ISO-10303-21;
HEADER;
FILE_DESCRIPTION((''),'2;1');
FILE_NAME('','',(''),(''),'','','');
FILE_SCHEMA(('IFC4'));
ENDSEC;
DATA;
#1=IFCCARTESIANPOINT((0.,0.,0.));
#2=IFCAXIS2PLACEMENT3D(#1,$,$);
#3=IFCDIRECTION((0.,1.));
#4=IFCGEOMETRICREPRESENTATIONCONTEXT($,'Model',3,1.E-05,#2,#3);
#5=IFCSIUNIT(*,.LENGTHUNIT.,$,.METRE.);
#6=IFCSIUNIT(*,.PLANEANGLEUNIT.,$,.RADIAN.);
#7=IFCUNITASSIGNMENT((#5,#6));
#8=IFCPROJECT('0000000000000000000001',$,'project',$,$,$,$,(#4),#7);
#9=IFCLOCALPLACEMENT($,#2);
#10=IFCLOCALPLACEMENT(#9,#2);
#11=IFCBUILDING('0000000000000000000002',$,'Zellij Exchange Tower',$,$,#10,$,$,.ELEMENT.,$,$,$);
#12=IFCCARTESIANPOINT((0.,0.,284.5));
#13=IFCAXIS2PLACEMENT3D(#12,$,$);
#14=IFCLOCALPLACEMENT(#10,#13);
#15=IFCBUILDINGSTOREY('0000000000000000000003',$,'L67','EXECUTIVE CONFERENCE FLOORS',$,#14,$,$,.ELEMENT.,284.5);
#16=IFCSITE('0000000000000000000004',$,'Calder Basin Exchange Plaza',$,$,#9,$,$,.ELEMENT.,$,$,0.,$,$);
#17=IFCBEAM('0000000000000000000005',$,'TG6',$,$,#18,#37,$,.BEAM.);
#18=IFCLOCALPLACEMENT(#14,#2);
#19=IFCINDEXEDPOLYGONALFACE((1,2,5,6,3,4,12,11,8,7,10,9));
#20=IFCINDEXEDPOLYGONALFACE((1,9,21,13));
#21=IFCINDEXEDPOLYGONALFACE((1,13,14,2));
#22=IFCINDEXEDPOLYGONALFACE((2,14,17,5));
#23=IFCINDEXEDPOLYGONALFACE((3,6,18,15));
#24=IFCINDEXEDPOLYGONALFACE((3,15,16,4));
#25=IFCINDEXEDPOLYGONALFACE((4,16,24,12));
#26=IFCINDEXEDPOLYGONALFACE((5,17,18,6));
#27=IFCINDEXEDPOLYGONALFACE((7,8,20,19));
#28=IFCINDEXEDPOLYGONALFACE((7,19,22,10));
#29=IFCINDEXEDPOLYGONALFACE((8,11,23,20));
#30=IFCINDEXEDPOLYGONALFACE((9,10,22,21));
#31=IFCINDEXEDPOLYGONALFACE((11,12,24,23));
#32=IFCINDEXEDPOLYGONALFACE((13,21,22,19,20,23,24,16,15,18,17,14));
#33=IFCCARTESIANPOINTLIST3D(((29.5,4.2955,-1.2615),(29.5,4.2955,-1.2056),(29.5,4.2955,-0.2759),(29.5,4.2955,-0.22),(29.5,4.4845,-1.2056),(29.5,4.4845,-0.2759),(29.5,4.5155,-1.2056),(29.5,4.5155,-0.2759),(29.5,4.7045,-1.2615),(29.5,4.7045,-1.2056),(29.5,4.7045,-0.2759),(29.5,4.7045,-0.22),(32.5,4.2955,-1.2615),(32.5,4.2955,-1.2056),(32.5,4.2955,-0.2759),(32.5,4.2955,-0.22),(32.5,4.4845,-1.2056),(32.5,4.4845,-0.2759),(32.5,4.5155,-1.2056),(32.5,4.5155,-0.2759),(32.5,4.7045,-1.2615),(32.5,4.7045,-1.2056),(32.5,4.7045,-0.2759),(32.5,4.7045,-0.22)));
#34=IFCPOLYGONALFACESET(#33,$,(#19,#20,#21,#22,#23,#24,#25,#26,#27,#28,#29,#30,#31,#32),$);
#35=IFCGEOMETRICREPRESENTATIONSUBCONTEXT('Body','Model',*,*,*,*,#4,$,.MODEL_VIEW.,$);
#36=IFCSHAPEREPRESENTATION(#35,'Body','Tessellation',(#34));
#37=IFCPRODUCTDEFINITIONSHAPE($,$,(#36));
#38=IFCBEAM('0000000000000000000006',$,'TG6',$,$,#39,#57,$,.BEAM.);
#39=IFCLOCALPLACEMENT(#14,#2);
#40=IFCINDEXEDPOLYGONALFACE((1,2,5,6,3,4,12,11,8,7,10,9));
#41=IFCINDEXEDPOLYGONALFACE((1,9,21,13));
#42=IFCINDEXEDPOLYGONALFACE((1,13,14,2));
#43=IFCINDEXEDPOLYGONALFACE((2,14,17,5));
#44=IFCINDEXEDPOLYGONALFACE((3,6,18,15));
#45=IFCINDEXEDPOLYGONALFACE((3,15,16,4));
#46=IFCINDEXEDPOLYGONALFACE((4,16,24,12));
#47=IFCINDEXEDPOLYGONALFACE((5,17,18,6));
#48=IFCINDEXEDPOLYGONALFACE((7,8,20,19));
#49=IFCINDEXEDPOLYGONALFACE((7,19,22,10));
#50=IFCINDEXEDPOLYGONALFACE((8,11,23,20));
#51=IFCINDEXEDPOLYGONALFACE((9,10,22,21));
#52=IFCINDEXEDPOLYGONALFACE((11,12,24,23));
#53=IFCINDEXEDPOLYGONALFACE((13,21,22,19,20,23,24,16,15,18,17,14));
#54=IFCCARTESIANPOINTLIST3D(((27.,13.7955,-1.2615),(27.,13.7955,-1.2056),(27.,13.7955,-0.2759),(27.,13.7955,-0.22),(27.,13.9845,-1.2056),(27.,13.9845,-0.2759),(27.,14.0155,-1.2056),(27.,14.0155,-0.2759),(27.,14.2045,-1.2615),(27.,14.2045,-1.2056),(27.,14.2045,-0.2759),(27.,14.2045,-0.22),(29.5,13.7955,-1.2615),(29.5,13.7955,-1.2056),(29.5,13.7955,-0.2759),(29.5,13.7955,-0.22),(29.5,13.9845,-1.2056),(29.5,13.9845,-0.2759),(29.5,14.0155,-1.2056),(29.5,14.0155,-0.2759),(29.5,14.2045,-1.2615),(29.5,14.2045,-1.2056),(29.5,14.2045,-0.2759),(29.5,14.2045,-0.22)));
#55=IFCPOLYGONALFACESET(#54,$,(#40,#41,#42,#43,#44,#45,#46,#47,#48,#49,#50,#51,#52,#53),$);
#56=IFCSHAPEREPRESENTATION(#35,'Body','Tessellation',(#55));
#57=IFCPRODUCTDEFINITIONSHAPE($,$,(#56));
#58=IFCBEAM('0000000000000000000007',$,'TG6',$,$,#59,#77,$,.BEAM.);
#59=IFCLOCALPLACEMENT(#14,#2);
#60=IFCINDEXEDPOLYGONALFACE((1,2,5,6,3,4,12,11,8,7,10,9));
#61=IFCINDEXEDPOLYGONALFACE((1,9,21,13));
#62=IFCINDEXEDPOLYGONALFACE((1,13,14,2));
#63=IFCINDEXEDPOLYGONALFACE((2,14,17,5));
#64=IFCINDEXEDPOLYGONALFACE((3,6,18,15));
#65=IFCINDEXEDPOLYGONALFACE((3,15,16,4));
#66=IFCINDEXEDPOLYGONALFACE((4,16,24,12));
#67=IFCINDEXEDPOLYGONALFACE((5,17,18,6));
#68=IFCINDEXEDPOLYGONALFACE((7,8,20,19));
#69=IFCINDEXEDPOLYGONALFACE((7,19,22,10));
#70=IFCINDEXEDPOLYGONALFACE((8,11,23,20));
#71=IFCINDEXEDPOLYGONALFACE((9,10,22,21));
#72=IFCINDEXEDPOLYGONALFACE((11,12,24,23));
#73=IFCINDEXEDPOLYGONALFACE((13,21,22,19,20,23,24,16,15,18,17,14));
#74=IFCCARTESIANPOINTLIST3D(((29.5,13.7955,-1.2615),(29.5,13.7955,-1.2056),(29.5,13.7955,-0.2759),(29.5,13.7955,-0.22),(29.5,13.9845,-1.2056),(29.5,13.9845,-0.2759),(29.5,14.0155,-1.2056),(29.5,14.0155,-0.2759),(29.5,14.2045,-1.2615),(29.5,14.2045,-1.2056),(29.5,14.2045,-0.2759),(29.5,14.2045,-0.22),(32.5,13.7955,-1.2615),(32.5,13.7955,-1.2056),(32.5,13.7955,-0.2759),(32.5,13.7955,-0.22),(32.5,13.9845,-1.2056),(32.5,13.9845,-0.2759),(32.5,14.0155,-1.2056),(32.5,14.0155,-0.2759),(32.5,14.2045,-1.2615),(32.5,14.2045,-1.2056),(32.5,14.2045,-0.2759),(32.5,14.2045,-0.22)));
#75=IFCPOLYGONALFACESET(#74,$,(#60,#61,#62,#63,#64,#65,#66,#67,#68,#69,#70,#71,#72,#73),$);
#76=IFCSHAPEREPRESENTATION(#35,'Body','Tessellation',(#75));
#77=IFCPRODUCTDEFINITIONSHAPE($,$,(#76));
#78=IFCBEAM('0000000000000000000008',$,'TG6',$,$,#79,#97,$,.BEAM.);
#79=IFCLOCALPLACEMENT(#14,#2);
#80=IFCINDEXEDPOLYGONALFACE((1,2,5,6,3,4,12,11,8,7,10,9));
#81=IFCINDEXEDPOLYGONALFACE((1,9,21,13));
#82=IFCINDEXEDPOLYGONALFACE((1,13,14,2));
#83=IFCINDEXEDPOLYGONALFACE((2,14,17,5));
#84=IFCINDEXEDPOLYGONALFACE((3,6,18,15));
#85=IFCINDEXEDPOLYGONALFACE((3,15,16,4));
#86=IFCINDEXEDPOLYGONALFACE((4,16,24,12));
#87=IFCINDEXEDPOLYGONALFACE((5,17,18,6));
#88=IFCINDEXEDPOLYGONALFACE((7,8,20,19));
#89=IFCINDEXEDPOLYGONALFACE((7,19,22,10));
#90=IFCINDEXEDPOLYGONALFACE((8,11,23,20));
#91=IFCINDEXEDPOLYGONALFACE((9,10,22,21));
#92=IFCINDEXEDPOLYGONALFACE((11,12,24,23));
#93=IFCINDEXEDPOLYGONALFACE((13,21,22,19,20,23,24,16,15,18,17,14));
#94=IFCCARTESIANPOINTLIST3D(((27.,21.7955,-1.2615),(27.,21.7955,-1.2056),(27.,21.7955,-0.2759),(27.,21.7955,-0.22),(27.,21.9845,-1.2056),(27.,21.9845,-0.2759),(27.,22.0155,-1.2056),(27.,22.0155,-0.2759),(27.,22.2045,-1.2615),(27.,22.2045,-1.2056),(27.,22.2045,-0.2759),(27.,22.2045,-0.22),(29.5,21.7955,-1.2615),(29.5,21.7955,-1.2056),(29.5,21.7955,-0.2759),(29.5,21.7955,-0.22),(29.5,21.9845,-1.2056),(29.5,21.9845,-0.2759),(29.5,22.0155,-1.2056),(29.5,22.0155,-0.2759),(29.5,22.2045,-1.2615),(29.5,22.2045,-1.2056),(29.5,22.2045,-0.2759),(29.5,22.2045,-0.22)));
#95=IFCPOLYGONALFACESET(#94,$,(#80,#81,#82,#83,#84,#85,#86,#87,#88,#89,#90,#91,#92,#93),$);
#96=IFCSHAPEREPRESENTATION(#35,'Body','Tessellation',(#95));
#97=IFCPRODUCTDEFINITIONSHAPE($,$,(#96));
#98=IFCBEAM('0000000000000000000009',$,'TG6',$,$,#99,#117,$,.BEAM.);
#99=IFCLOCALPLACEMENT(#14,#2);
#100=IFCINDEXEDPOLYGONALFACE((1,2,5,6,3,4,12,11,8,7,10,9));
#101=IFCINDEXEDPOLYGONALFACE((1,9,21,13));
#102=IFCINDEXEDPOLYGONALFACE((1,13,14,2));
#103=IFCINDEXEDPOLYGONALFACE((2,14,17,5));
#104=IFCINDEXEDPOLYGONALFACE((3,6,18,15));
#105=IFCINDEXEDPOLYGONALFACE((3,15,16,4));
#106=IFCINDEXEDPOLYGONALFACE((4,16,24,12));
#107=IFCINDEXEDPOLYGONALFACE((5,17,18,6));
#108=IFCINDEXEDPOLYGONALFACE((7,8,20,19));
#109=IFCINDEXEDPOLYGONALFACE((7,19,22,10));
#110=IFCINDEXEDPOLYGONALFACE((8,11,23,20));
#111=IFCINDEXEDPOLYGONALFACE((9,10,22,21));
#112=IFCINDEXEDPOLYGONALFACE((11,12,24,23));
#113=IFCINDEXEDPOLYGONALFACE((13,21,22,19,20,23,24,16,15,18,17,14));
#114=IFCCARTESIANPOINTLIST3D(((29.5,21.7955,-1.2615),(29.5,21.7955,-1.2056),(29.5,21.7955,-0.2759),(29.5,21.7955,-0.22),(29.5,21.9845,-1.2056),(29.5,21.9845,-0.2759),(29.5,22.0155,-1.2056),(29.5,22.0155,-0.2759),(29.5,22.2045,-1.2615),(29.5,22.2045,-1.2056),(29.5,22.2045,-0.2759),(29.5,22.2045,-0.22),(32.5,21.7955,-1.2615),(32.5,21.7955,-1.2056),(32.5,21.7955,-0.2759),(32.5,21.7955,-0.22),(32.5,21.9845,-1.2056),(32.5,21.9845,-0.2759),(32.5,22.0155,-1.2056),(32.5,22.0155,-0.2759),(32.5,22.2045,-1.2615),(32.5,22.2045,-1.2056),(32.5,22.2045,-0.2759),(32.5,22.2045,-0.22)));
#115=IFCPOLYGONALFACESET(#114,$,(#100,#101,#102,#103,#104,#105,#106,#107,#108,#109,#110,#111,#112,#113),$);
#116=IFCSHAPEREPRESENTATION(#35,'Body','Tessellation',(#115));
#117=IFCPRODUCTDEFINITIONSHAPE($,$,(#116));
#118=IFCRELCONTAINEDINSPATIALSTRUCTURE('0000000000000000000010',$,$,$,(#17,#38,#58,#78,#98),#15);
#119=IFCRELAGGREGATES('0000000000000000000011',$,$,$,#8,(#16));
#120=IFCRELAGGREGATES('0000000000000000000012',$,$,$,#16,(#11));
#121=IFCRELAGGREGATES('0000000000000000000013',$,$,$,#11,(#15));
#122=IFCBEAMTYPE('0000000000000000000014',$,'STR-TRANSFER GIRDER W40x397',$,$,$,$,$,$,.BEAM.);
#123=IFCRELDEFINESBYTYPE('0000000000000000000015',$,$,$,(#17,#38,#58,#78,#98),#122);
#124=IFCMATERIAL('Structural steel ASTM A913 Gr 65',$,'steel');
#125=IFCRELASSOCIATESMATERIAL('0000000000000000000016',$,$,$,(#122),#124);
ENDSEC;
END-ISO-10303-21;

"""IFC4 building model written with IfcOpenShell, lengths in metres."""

from ifc_helpers import new_model, si_unit, direction, frame, origin, origin_2d, place, context, subcontext, project, spatial, i_section, extrude, material, material_profile, profile_set, type_object, element, save


model = new_model("IFC4")

# Units and contexts
model_context = context("Model", 3, precision=1e-05, world=origin(), true_north=direction((0.0, 1.0)))
body_context = subcontext(model_context, "Body", "Model", "MODEL_VIEW")
ifc_project = project(units=[si_unit("LENGTHUNIT", "METRE"), si_unit("PLANEANGLEUNIT", "RADIAN")], contexts=[model_context])

# Site, building, storey
site_placement = place(None, origin())
site = spatial("IfcSite", under=ifc_project, at=site_placement, Name="Calder Basin Exchange Plaza", CompositionType="ELEMENT", RefElevation=0.0)
building_placement = place(site_placement, origin())
building = spatial("IfcBuilding", under=site, at=building_placement, Name="Zellij Exchange Tower", CompositionType="ELEMENT")
storey_placement = place(building_placement, frame((0.0, 0.0, 284.5)))
storey = spatial("IfcBuildingStorey", under=building, at=storey_placement, Name="L67", Description="EXECUTIVE CONFERENCE FLOORS", CompositionType="ELEMENT", Elevation=284.5)

# Beams
ifc_material_1 = material(Name="Structural steel ASTM A913 Gr 65", Category="steel")
ifc_material_profile_1 = material_profile(ifc_material_1, i_section(OverallWidth=0.4089, OverallDepth=1.0415, WebThickness=0.031, FlangeThickness=0.0559, at=origin_2d()), Name="W40x397")
ifc_profile_set_1 = profile_set([ifc_material_profile_1], Name="Structural steel ASTM A913 Gr 65")
beam_type_1 = type_object("IfcBeamType", Name="STR-TRANSFER GIRDER W40x397", PredefinedType="BEAM", material=ifc_profile_set_1)
beam_1_placement = place(storey_placement, frame((29.5, 4.5, -0.7407), z_axis=(1.0, 0.0, 0.0), x_axis=(0.0, 1.0, 0.0)))
element("IfcBeam", 1, at=beam_1_placement, inside=storey, type_object=beam_type_1, Name="TG6", PredefinedType="BEAM", context=body_context, shape_type="SweptSolid", body=[
    extrude(i_section(OverallWidth=0.4089, OverallDepth=1.0415, WebThickness=0.031, FlangeThickness=0.0559, at=origin_2d()), origin(), (0.0, 0.0, 1.0), 3.0),
])
beam_2_placement = place(storey_placement, frame((27.0, 14.0, -0.7407), z_axis=(1.0, 0.0, 0.0), x_axis=(0.0, 1.0, 0.0)))
element("IfcBeam", 2, at=beam_2_placement, inside=storey, type_object=beam_type_1, Name="TG6", PredefinedType="BEAM", context=body_context, shape_type="SweptSolid", body=[
    extrude(i_section(OverallWidth=0.4089, OverallDepth=1.0415, WebThickness=0.031, FlangeThickness=0.0559, at=origin_2d()), origin(), (0.0, 0.0, 1.0), 2.5),
])
beam_3_placement = place(storey_placement, frame((29.5, 14.0, -0.7407), z_axis=(1.0, 0.0, 0.0), x_axis=(0.0, 1.0, 0.0)))
element("IfcBeam", 3, at=beam_3_placement, inside=storey, type_object=beam_type_1, Name="TG6", PredefinedType="BEAM", context=body_context, shape_type="SweptSolid", body=[
    extrude(i_section(OverallWidth=0.4089, OverallDepth=1.0415, WebThickness=0.031, FlangeThickness=0.0559, at=origin_2d()), origin(), (0.0, 0.0, 1.0), 3.0),
])
beam_4_placement = place(storey_placement, frame((27.0, 22.0, -0.7407), z_axis=(1.0, 0.0, 0.0), x_axis=(0.0, 1.0, 0.0)))
element("IfcBeam", 4, at=beam_4_placement, inside=storey, type_object=beam_type_1, Name="TG6", PredefinedType="BEAM", context=body_context, shape_type="SweptSolid", body=[
    extrude(i_section(OverallWidth=0.4089, OverallDepth=1.0415, WebThickness=0.031, FlangeThickness=0.0559, at=origin_2d()), origin(), (0.0, 0.0, 1.0), 2.5),
])
beam_5_placement = place(storey_placement, frame((29.5, 22.0, -0.7407), z_axis=(1.0, 0.0, 0.0), x_axis=(0.0, 1.0, 0.0)))
element("IfcBeam", 5, at=beam_5_placement, inside=storey, type_object=beam_type_1, Name="TG6", PredefinedType="BEAM", context=body_context, shape_type="SweptSolid", body=[
    extrude(i_section(OverallWidth=0.4089, OverallDepth=1.0415, WebThickness=0.031, FlangeThickness=0.0559, at=origin_2d()), origin(), (0.0, 0.0, 1.0), 3.0),
])

save(model, "model.ifc")
